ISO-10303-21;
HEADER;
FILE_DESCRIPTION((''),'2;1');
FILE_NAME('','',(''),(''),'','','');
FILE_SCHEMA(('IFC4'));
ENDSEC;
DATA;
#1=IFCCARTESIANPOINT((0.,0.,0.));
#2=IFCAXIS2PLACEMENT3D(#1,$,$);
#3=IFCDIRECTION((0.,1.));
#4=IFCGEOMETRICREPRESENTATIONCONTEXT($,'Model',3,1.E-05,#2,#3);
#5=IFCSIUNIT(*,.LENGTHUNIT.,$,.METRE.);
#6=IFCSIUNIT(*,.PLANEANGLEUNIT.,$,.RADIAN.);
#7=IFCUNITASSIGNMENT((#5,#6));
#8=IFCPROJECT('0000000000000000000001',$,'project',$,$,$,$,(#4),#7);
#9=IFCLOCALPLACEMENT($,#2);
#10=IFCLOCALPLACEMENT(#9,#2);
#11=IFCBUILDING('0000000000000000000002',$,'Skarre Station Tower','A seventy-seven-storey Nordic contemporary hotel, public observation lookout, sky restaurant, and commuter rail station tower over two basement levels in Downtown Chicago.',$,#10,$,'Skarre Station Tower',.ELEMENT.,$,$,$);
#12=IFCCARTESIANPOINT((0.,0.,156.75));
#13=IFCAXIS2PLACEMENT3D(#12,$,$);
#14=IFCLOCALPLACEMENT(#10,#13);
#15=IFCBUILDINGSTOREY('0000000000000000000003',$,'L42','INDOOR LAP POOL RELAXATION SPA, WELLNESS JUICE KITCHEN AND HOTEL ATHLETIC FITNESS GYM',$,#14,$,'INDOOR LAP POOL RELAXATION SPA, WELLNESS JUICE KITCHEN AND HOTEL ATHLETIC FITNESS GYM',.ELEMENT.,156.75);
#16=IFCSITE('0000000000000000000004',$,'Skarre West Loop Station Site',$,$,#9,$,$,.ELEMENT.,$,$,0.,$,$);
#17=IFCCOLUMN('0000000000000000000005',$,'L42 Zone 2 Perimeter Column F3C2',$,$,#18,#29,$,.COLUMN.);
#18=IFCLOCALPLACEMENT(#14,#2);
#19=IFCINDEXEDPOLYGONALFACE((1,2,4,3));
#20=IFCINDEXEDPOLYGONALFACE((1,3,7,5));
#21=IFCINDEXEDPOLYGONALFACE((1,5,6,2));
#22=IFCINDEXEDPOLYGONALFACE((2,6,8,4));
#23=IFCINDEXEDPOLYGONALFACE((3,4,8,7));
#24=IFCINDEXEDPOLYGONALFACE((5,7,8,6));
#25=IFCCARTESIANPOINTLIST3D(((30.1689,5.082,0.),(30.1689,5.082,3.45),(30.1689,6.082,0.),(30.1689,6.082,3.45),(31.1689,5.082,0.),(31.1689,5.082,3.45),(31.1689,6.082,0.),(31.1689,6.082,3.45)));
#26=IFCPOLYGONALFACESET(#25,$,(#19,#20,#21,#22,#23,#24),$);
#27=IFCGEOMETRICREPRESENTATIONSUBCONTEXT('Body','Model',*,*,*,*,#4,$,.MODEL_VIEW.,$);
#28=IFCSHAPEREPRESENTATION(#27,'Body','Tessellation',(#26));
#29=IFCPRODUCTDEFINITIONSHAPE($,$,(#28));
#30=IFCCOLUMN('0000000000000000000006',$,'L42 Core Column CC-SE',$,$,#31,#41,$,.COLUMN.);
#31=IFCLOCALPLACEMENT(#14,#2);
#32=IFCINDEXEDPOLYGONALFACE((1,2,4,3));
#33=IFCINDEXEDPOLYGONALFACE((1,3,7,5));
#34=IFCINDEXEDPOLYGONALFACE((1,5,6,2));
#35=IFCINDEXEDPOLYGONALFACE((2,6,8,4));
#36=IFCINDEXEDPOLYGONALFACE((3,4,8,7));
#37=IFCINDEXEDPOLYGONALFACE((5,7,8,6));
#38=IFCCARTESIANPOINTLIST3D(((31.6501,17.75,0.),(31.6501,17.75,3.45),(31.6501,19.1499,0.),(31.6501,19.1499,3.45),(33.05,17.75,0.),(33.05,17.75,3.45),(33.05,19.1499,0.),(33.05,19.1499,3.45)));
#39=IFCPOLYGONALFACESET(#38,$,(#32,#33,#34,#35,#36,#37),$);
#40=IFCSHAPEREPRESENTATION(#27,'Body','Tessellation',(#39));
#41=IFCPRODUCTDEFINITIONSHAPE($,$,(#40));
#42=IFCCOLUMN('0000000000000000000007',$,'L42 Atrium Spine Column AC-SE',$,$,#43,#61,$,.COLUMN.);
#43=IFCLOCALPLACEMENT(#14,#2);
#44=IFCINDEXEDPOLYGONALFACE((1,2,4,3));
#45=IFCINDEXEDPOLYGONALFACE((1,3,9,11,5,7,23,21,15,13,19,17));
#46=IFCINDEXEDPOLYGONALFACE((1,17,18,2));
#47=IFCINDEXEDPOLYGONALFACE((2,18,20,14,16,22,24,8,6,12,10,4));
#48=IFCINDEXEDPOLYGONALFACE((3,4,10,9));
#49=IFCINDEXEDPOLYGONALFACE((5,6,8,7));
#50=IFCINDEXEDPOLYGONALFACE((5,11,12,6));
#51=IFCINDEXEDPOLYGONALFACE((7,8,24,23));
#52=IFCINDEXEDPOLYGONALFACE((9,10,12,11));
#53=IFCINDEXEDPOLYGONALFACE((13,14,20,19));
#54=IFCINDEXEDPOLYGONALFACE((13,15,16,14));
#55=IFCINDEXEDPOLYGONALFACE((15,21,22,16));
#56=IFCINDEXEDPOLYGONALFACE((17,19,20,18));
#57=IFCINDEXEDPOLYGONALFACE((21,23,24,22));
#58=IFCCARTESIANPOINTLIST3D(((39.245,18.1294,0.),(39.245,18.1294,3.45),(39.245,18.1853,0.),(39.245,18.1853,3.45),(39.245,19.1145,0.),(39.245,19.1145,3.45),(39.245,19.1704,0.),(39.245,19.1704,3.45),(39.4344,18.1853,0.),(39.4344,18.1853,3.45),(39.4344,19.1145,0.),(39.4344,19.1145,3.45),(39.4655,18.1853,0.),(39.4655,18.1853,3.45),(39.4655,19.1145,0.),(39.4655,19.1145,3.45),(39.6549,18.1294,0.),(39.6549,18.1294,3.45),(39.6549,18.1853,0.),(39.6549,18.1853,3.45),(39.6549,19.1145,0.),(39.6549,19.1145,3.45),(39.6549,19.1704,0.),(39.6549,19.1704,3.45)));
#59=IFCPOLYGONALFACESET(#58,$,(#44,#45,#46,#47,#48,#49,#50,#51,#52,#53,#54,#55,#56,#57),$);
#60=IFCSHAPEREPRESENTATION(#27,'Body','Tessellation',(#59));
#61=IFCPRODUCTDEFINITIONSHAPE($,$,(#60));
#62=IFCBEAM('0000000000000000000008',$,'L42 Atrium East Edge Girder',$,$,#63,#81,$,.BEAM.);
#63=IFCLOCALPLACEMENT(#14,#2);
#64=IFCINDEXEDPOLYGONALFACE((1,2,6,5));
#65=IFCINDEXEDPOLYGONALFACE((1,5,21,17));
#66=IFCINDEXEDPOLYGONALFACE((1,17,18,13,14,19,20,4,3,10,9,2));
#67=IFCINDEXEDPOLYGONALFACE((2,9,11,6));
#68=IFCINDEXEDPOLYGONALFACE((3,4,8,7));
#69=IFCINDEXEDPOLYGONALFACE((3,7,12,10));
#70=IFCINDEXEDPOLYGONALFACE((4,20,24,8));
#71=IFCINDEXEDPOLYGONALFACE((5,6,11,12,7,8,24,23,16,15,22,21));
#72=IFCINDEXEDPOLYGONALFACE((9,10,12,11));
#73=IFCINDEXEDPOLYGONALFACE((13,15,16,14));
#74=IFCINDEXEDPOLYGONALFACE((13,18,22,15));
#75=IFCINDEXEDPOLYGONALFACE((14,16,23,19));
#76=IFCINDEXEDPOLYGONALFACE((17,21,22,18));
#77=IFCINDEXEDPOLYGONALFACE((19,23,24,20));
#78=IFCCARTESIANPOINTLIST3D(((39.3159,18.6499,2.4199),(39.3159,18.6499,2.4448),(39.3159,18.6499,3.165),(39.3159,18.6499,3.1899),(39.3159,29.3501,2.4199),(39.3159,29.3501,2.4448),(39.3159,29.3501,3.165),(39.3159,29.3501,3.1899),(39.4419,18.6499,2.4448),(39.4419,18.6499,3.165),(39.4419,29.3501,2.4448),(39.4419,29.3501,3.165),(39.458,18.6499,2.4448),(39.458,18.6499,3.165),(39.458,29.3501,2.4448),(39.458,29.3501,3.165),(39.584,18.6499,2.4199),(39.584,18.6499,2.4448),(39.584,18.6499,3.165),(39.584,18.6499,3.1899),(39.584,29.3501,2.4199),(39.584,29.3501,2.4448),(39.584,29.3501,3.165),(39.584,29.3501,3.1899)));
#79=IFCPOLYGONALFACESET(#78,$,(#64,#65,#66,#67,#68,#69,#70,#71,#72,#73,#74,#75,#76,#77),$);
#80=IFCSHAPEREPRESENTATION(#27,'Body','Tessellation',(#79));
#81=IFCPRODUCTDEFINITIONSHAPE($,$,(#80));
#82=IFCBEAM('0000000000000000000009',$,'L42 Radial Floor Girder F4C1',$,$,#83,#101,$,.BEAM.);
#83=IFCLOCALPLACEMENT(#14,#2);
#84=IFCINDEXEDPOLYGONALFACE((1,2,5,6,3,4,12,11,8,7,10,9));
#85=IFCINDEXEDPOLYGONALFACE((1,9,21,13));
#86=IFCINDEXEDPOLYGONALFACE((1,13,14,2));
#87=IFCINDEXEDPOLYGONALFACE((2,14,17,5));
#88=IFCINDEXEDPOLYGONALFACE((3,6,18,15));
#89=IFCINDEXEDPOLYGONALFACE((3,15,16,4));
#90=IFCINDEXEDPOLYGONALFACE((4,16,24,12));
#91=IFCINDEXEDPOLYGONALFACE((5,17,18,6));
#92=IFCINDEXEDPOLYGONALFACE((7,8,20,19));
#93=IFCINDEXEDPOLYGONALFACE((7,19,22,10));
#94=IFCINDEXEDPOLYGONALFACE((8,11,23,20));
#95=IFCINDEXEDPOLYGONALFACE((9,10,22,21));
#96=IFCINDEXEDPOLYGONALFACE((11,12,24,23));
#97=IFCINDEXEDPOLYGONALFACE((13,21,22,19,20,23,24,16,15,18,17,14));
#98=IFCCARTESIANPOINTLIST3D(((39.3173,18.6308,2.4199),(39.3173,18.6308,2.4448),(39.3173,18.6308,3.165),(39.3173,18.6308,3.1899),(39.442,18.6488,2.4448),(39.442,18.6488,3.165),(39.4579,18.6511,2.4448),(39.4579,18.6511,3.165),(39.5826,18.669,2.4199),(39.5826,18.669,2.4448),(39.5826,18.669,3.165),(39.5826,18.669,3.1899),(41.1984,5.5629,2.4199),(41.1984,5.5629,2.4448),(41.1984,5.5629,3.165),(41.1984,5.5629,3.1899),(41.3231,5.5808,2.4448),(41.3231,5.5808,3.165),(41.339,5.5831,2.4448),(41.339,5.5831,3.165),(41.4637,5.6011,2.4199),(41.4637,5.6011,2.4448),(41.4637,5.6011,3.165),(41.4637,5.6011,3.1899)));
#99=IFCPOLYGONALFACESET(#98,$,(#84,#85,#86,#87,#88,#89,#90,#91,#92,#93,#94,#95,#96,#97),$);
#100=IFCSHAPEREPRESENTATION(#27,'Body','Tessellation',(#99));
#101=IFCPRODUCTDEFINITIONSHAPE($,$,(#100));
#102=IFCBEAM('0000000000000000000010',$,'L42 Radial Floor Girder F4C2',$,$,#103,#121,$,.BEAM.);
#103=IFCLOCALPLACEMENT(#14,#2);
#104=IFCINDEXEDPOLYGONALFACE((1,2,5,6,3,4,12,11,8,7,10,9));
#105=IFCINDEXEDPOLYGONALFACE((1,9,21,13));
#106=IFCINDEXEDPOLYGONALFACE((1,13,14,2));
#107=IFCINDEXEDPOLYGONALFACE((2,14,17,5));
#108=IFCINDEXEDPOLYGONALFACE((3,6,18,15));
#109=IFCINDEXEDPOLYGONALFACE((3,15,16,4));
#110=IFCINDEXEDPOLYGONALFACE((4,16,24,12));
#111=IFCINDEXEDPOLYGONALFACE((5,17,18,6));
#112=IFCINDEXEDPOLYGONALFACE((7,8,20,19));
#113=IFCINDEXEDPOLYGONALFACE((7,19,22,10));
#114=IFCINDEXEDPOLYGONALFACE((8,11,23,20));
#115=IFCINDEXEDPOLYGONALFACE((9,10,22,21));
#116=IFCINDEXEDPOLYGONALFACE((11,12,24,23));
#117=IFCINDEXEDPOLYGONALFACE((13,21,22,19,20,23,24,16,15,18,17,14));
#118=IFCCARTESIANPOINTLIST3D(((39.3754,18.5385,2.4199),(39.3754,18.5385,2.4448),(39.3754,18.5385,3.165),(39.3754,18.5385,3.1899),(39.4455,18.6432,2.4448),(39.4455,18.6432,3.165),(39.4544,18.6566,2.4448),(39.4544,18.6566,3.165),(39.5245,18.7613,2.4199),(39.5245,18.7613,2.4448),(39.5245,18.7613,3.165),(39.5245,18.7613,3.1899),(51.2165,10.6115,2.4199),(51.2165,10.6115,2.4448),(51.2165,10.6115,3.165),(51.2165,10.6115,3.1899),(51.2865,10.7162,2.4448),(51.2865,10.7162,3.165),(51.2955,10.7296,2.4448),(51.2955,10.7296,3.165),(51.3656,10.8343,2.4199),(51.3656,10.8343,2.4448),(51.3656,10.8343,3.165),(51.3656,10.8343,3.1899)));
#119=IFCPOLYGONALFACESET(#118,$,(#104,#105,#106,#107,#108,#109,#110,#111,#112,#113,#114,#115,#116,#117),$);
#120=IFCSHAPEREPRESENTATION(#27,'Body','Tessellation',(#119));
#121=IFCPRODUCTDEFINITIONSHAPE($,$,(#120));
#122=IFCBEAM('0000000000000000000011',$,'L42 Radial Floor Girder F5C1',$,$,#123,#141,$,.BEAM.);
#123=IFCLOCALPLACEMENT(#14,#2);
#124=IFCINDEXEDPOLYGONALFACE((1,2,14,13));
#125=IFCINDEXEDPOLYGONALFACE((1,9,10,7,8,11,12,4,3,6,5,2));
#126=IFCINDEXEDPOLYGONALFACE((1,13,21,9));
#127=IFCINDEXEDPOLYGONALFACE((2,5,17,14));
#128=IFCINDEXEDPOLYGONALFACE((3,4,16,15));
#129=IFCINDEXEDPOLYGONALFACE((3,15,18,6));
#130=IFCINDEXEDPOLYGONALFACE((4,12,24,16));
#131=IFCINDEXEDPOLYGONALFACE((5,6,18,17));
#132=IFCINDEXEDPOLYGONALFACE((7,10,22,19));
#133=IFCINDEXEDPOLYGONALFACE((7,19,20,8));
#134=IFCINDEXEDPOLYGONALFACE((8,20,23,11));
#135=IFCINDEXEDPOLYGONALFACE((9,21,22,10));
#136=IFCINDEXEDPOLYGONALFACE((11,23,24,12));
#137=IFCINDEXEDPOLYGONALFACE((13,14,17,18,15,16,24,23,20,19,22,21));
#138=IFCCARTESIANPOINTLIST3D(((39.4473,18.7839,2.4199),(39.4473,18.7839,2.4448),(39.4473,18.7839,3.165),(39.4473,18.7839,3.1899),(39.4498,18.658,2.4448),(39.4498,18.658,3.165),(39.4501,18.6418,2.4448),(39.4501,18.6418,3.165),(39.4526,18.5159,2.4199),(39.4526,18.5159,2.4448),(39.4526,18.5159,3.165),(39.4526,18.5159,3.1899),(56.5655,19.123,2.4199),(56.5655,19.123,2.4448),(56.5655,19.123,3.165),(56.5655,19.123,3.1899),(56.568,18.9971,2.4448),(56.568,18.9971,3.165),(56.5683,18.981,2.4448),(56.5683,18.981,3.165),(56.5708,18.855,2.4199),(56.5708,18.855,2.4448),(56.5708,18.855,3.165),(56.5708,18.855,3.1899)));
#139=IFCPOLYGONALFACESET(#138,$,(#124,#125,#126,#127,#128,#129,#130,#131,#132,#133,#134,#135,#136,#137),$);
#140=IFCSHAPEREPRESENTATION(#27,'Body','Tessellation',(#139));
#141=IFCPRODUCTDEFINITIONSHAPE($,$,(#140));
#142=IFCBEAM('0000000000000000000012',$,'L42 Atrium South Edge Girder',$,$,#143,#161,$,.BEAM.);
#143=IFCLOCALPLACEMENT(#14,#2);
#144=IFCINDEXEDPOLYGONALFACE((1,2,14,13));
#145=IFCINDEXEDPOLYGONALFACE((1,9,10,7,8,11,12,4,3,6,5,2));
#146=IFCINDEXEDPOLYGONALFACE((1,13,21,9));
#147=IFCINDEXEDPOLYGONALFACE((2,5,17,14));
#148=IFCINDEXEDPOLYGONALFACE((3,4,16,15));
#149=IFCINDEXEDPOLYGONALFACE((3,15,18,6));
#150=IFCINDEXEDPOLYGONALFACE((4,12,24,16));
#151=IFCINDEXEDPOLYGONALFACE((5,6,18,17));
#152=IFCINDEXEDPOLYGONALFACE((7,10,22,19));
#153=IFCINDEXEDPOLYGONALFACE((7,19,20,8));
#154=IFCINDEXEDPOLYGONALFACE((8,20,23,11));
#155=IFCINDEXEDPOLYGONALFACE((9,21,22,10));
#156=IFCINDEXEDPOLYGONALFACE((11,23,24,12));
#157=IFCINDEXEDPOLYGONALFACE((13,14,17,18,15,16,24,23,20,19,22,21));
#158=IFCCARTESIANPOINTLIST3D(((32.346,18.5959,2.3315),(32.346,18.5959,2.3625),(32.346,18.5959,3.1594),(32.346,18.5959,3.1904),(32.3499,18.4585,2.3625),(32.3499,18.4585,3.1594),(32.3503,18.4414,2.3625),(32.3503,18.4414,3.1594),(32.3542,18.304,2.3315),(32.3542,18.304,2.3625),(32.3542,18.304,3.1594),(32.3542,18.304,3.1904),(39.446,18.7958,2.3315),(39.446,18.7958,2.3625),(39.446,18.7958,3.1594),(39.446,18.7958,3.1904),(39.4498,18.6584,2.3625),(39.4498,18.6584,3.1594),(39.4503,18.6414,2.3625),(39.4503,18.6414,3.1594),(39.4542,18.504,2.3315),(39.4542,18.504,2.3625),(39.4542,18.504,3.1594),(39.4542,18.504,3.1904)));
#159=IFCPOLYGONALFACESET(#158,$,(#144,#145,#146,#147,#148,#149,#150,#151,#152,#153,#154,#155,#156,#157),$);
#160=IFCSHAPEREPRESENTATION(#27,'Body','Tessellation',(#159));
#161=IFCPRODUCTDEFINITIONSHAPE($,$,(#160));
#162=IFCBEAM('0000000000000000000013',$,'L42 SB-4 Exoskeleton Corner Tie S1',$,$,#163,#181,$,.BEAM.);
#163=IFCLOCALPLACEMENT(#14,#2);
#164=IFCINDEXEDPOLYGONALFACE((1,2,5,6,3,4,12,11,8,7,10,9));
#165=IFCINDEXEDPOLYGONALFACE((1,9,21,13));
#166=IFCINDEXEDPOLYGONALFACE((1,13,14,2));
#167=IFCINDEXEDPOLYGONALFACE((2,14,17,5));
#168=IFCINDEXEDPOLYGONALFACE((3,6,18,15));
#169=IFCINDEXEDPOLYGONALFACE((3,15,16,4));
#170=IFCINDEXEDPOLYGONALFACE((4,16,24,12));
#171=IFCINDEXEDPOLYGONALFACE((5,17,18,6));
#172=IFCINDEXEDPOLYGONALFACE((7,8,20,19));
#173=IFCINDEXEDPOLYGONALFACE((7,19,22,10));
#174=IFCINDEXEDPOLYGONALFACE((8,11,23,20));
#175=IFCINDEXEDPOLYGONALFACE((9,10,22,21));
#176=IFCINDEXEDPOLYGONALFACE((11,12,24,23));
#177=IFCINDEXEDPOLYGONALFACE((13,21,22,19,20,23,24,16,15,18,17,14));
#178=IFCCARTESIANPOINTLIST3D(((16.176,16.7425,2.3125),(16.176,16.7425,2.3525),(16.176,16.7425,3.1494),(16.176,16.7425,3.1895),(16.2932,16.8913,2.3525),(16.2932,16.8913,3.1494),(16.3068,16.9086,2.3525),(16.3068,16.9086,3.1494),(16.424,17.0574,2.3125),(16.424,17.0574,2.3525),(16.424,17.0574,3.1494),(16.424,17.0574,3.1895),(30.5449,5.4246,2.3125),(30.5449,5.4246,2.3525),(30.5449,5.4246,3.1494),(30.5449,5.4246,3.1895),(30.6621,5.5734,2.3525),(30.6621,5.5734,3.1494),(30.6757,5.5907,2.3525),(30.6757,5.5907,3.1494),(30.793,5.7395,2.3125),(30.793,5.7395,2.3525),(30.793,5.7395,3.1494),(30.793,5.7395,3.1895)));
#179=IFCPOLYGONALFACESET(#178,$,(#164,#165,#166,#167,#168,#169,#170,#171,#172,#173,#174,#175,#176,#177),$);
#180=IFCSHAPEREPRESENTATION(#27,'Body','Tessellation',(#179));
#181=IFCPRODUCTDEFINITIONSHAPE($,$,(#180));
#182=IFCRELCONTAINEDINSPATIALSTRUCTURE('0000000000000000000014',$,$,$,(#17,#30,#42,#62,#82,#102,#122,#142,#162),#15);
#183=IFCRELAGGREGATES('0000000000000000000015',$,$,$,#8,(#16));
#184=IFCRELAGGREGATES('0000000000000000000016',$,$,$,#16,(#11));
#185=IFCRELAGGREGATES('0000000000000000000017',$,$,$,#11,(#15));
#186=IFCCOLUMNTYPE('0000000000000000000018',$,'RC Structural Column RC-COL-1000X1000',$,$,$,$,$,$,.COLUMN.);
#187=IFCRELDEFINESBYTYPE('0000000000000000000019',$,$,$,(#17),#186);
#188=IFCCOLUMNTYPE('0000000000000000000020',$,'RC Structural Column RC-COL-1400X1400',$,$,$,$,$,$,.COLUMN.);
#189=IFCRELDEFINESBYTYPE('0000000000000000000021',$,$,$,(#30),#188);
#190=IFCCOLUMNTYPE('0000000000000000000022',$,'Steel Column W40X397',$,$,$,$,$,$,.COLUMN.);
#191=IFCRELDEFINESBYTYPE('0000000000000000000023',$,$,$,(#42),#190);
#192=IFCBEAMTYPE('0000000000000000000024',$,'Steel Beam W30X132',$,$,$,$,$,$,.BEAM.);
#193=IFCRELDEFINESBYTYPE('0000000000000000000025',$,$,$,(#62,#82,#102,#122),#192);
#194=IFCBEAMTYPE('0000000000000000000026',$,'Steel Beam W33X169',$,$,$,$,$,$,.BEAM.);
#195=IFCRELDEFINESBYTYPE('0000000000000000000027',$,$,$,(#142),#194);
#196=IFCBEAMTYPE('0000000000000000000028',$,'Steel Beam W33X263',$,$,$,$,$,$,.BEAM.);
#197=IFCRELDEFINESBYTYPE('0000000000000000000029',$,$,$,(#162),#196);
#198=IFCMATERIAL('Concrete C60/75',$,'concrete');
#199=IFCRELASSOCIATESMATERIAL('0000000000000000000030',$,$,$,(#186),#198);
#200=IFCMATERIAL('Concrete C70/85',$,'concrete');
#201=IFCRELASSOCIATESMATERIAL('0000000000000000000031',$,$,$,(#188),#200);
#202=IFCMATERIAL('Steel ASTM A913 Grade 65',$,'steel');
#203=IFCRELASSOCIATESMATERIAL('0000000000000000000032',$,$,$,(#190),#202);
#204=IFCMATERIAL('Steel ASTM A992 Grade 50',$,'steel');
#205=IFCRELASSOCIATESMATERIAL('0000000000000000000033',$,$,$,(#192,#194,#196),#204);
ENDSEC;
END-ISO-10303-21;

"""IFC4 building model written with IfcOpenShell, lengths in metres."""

from ifc_helpers import new_model, si_unit, direction, frame, origin, origin_2d, place, context, subcontext, project, spatial, rectangle, i_section, extrude, material, material_profile, profile_set, type_object, element, save


model = new_model("IFC4")

# Units and contexts
model_context = context("Model", 3, precision=1e-05, world=origin(), true_north=direction((0.0, 1.0)))
body_context = subcontext(model_context, "Body", "Model", "MODEL_VIEW")
ifc_project = project(units=[si_unit("LENGTHUNIT", "METRE"), si_unit("PLANEANGLEUNIT", "RADIAN")], contexts=[model_context])

# Site, building, storey
site_placement = place(None, origin())
site = spatial("IfcSite", under=ifc_project, at=site_placement, Name="Skarre West Loop Station Site", CompositionType="ELEMENT", RefElevation=0.0)
building_placement = place(site_placement, origin())
building = spatial("IfcBuilding", under=site, at=building_placement, Name="Skarre Station Tower", Description="A seventy-seven-storey Nordic contemporary hotel, public observation lookout, sky restaurant, and commuter rail station tower over two basement levels in Downtown Chicago.", LongName="Skarre Station Tower", CompositionType="ELEMENT")
storey_placement = place(building_placement, frame((0.0, 0.0, 156.75)))
storey = spatial("IfcBuildingStorey", under=building, at=storey_placement, Name="L42", Description="INDOOR LAP POOL RELAXATION SPA, WELLNESS JUICE KITCHEN AND HOTEL ATHLETIC FITNESS GYM", LongName="INDOOR LAP POOL RELAXATION SPA, WELLNESS JUICE KITCHEN AND HOTEL ATHLETIC FITNESS GYM", CompositionType="ELEMENT", Elevation=156.75)

# Columns
ifc_material_1 = material(Name="Concrete C60/75", Category="concrete")
ifc_material_profile_1 = material_profile(ifc_material_1, rectangle(XDim=1.0, YDim=1.0, at=origin_2d()), Name="Concrete C60/75")
ifc_profile_set_1 = profile_set([ifc_material_profile_1], Name="Concrete C60/75")
column_type_1 = type_object("IfcColumnType", Name="RC Structural Column RC-COL-1000X1000", PredefinedType="COLUMN", material=ifc_profile_set_1)
column_1_placement = place(storey_placement, frame((30.6689, 5.582, 0.0), z_axis=(0.0, 0.0, 1.0), x_axis=(1.0, 0.0, 0.0)))
element("IfcColumn", 1, at=column_1_placement, inside=storey, type_object=column_type_1, Name="L42 Zone 2 Perimeter Column F3C2", PredefinedType="COLUMN", context=body_context, shape_type="SweptSolid", body=[
    extrude(rectangle(XDim=1.0, YDim=1.0, at=origin_2d()), origin(), (0.0, 0.0, 1.0), 3.45),
])
ifc_material_2 = material(Name="Concrete C70/85", Category="concrete")
ifc_material_profile_2 = material_profile(ifc_material_2, rectangle(XDim=1.3999, YDim=1.3999, at=origin_2d()), Name="Concrete C70/85")
ifc_profile_set_2 = profile_set([ifc_material_profile_2], Name="Concrete C70/85")
column_type_2 = type_object("IfcColumnType", Name="RC Structural Column RC-COL-1400X1400", PredefinedType="COLUMN", material=ifc_profile_set_2)
column_2_placement = place(storey_placement, frame((32.3501, 18.45, 0.0), z_axis=(0.0, 0.0, 1.0), x_axis=(1.0, 0.0, 0.0)))
element("IfcColumn", 2, at=column_2_placement, inside=storey, type_object=column_type_2, Name="L42 Core Column CC-SE", PredefinedType="COLUMN", context=body_context, shape_type="SweptSolid", body=[
    extrude(rectangle(XDim=1.3999, YDim=1.3999, at=origin_2d()), origin(), (0.0, 0.0, 1.0), 3.45),
])
ifc_material_3 = material(Name="Steel ASTM A913 Grade 65", Category="steel")
ifc_material_profile_3 = material_profile(ifc_material_3, i_section(OverallWidth=0.4099, OverallDepth=1.041, WebThickness=0.031, FlangeThickness=0.0559, at=origin_2d()), Name="Steel ASTM A913 Grade 65")
ifc_profile_set_3 = profile_set([ifc_material_profile_3], Name="Steel ASTM A913 Grade 65")
column_type_3 = type_object("IfcColumnType", Name="Steel Column W40X397", PredefinedType="COLUMN", material=ifc_profile_set_3)
column_3_placement = place(storey_placement, frame((39.45, 18.6499, 0.0), z_axis=(0.0, 0.0, 1.0), x_axis=(1.0, 0.0, 0.0)))
element("IfcColumn", 3, at=column_3_placement, inside=storey, type_object=column_type_3, Name="L42 Atrium Spine Column AC-SE", PredefinedType="COLUMN", context=body_context, shape_type="SweptSolid", body=[
    extrude(i_section(OverallWidth=0.4099, OverallDepth=1.041, WebThickness=0.031, FlangeThickness=0.0559, at=origin_2d()), origin(), (0.0, 0.0, 1.0), 3.45),
])

# Beams
ifc_material_4 = material(Name="Steel ASTM A992 Grade 50", Category="steel")
ifc_material_profile_4 = material_profile(ifc_material_4, i_section(OverallWidth=0.2681, OverallDepth=0.77, WebThickness=0.0161, FlangeThickness=0.0249, at=origin_2d()), Name="Steel ASTM A992 Grade 50")
ifc_profile_set_4 = profile_set([ifc_material_profile_4], Name="Steel ASTM A992 Grade 50")
beam_type_1 = type_object("IfcBeamType", Name="Steel Beam W30X132", PredefinedType="BEAM", material=ifc_profile_set_4)
beam_1_placement = place(storey_placement, frame((39.45, 18.6499, 2.8049), z_axis=(0.0, 1.0, 0.0), x_axis=(-1.0, 0.0, 0.0)))
element("IfcBeam", 4, at=beam_1_placement, inside=storey, type_object=beam_type_1, Name="L42 Atrium East Edge Girder", PredefinedType="BEAM", context=body_context, shape_type="SweptSolid", body=[
    extrude(i_section(OverallWidth=0.2681, OverallDepth=0.77, WebThickness=0.0161, FlangeThickness=0.0249, at=origin_2d()), origin(), (0.0, 0.0, 1.0), 10.7002),
])
beam_2_placement = place(storey_placement, frame((39.45, 18.6499, 2.8049), z_axis=(0.14248, -0.989798, 0.0), x_axis=(0.989798, 0.14248, 0.0)))
element("IfcBeam", 5, at=beam_2_placement, inside=storey, type_object=beam_type_1, Name="L42 Radial Floor Girder F4C1", PredefinedType="BEAM", context=body_context, shape_type="SweptSolid", body=[
    extrude(i_section(OverallWidth=0.2681, OverallDepth=0.77, WebThickness=0.0161, FlangeThickness=0.0249, at=origin_2d()), origin(), (0.0, 0.0, 1.0), 13.2026),
])
beam_3_placement = place(storey_placement, frame((39.45, 18.6499, 2.8049), z_axis=(0.830981, -0.5563, 0.0), x_axis=(0.5563, 0.830981, 0.0)))
element("IfcBeam", 6, at=beam_3_placement, inside=storey, type_object=beam_type_1, Name="L42 Radial Floor Girder F4C2", PredefinedType="BEAM", context=body_context, shape_type="SweptSolid", body=[
    extrude(i_section(OverallWidth=0.2681, OverallDepth=0.77, WebThickness=0.0161, FlangeThickness=0.0249, at=origin_2d()), origin(), (0.0, 0.0, 1.0), 14.2495),
])
beam_4_placement = place(storey_placement, frame((39.45, 18.6499, 2.8049), z_axis=(0.999804, 0.019806, 0.0), x_axis=(-0.019806, 0.999804, 0.0)))
element("IfcBeam", 7, at=beam_4_placement, inside=storey, type_object=beam_type_1, Name="L42 Radial Floor Girder F5C1", PredefinedType="BEAM", context=body_context, shape_type="SweptSolid", body=[
    extrude(i_section(OverallWidth=0.2681, OverallDepth=0.77, WebThickness=0.0161, FlangeThickness=0.0249, at=origin_2d()), origin(), (0.0, 0.0, 1.0), 17.1216),
])
ifc_material_profile_5 = material_profile(ifc_material_4, i_section(OverallWidth=0.292, OverallDepth=0.8589, WebThickness=0.0171, FlangeThickness=0.031, at=origin_2d()), Name="Steel ASTM A992 Grade 50")
ifc_profile_set_5 = profile_set([ifc_material_profile_5], Name="Steel ASTM A992 Grade 50")
beam_type_2 = type_object("IfcBeamType", Name="Steel Beam W33X169", PredefinedType="BEAM", material=ifc_profile_set_5)
beam_5_placement = place(storey_placement, frame((32.3501, 18.45, 2.761), z_axis=(0.999604, 0.028152, 0.0), x_axis=(-0.028152, 0.999604, 0.0)))
element("IfcBeam", 8, at=beam_5_placement, inside=storey, type_object=beam_type_2, Name="L42 Atrium South Edge Girder", PredefinedType="BEAM", context=body_context, shape_type="SweptSolid", body=[
    extrude(i_section(OverallWidth=0.292, OverallDepth=0.8589, WebThickness=0.0171, FlangeThickness=0.031, at=origin_2d()), origin(), (0.0, 0.0, 1.0), 7.1028),
])
ifc_material_profile_6 = material_profile(ifc_material_4, i_section(OverallWidth=0.4009, OverallDepth=0.877, WebThickness=0.022, FlangeThickness=0.04, at=origin_2d()), Name="Steel ASTM A992 Grade 50")
ifc_profile_set_6 = profile_set([ifc_material_profile_6], Name="Steel ASTM A992 Grade 50")
beam_type_3 = type_object("IfcBeamType", Name="Steel Beam W33X263", PredefinedType="BEAM", material=ifc_profile_set_6)
beam_6_placement = place(storey_placement, frame((30.6689, 5.582, 2.751), z_axis=(-0.785573, 0.618768, 0.0), x_axis=(-0.618768, -0.785573, 0.0)))
element("IfcBeam", 9, at=beam_6_placement, inside=storey, type_object=beam_type_3, Name="L42 SB-4 Exoskeleton Corner Tie S1", PredefinedType="BEAM", context=body_context, shape_type="SweptSolid", body=[
    extrude(i_section(OverallWidth=0.4009, OverallDepth=0.877, WebThickness=0.022, FlangeThickness=0.04, at=origin_2d()), origin(), (0.0, 0.0, 1.0), 18.291),
])

save(model, "model.ifc")
